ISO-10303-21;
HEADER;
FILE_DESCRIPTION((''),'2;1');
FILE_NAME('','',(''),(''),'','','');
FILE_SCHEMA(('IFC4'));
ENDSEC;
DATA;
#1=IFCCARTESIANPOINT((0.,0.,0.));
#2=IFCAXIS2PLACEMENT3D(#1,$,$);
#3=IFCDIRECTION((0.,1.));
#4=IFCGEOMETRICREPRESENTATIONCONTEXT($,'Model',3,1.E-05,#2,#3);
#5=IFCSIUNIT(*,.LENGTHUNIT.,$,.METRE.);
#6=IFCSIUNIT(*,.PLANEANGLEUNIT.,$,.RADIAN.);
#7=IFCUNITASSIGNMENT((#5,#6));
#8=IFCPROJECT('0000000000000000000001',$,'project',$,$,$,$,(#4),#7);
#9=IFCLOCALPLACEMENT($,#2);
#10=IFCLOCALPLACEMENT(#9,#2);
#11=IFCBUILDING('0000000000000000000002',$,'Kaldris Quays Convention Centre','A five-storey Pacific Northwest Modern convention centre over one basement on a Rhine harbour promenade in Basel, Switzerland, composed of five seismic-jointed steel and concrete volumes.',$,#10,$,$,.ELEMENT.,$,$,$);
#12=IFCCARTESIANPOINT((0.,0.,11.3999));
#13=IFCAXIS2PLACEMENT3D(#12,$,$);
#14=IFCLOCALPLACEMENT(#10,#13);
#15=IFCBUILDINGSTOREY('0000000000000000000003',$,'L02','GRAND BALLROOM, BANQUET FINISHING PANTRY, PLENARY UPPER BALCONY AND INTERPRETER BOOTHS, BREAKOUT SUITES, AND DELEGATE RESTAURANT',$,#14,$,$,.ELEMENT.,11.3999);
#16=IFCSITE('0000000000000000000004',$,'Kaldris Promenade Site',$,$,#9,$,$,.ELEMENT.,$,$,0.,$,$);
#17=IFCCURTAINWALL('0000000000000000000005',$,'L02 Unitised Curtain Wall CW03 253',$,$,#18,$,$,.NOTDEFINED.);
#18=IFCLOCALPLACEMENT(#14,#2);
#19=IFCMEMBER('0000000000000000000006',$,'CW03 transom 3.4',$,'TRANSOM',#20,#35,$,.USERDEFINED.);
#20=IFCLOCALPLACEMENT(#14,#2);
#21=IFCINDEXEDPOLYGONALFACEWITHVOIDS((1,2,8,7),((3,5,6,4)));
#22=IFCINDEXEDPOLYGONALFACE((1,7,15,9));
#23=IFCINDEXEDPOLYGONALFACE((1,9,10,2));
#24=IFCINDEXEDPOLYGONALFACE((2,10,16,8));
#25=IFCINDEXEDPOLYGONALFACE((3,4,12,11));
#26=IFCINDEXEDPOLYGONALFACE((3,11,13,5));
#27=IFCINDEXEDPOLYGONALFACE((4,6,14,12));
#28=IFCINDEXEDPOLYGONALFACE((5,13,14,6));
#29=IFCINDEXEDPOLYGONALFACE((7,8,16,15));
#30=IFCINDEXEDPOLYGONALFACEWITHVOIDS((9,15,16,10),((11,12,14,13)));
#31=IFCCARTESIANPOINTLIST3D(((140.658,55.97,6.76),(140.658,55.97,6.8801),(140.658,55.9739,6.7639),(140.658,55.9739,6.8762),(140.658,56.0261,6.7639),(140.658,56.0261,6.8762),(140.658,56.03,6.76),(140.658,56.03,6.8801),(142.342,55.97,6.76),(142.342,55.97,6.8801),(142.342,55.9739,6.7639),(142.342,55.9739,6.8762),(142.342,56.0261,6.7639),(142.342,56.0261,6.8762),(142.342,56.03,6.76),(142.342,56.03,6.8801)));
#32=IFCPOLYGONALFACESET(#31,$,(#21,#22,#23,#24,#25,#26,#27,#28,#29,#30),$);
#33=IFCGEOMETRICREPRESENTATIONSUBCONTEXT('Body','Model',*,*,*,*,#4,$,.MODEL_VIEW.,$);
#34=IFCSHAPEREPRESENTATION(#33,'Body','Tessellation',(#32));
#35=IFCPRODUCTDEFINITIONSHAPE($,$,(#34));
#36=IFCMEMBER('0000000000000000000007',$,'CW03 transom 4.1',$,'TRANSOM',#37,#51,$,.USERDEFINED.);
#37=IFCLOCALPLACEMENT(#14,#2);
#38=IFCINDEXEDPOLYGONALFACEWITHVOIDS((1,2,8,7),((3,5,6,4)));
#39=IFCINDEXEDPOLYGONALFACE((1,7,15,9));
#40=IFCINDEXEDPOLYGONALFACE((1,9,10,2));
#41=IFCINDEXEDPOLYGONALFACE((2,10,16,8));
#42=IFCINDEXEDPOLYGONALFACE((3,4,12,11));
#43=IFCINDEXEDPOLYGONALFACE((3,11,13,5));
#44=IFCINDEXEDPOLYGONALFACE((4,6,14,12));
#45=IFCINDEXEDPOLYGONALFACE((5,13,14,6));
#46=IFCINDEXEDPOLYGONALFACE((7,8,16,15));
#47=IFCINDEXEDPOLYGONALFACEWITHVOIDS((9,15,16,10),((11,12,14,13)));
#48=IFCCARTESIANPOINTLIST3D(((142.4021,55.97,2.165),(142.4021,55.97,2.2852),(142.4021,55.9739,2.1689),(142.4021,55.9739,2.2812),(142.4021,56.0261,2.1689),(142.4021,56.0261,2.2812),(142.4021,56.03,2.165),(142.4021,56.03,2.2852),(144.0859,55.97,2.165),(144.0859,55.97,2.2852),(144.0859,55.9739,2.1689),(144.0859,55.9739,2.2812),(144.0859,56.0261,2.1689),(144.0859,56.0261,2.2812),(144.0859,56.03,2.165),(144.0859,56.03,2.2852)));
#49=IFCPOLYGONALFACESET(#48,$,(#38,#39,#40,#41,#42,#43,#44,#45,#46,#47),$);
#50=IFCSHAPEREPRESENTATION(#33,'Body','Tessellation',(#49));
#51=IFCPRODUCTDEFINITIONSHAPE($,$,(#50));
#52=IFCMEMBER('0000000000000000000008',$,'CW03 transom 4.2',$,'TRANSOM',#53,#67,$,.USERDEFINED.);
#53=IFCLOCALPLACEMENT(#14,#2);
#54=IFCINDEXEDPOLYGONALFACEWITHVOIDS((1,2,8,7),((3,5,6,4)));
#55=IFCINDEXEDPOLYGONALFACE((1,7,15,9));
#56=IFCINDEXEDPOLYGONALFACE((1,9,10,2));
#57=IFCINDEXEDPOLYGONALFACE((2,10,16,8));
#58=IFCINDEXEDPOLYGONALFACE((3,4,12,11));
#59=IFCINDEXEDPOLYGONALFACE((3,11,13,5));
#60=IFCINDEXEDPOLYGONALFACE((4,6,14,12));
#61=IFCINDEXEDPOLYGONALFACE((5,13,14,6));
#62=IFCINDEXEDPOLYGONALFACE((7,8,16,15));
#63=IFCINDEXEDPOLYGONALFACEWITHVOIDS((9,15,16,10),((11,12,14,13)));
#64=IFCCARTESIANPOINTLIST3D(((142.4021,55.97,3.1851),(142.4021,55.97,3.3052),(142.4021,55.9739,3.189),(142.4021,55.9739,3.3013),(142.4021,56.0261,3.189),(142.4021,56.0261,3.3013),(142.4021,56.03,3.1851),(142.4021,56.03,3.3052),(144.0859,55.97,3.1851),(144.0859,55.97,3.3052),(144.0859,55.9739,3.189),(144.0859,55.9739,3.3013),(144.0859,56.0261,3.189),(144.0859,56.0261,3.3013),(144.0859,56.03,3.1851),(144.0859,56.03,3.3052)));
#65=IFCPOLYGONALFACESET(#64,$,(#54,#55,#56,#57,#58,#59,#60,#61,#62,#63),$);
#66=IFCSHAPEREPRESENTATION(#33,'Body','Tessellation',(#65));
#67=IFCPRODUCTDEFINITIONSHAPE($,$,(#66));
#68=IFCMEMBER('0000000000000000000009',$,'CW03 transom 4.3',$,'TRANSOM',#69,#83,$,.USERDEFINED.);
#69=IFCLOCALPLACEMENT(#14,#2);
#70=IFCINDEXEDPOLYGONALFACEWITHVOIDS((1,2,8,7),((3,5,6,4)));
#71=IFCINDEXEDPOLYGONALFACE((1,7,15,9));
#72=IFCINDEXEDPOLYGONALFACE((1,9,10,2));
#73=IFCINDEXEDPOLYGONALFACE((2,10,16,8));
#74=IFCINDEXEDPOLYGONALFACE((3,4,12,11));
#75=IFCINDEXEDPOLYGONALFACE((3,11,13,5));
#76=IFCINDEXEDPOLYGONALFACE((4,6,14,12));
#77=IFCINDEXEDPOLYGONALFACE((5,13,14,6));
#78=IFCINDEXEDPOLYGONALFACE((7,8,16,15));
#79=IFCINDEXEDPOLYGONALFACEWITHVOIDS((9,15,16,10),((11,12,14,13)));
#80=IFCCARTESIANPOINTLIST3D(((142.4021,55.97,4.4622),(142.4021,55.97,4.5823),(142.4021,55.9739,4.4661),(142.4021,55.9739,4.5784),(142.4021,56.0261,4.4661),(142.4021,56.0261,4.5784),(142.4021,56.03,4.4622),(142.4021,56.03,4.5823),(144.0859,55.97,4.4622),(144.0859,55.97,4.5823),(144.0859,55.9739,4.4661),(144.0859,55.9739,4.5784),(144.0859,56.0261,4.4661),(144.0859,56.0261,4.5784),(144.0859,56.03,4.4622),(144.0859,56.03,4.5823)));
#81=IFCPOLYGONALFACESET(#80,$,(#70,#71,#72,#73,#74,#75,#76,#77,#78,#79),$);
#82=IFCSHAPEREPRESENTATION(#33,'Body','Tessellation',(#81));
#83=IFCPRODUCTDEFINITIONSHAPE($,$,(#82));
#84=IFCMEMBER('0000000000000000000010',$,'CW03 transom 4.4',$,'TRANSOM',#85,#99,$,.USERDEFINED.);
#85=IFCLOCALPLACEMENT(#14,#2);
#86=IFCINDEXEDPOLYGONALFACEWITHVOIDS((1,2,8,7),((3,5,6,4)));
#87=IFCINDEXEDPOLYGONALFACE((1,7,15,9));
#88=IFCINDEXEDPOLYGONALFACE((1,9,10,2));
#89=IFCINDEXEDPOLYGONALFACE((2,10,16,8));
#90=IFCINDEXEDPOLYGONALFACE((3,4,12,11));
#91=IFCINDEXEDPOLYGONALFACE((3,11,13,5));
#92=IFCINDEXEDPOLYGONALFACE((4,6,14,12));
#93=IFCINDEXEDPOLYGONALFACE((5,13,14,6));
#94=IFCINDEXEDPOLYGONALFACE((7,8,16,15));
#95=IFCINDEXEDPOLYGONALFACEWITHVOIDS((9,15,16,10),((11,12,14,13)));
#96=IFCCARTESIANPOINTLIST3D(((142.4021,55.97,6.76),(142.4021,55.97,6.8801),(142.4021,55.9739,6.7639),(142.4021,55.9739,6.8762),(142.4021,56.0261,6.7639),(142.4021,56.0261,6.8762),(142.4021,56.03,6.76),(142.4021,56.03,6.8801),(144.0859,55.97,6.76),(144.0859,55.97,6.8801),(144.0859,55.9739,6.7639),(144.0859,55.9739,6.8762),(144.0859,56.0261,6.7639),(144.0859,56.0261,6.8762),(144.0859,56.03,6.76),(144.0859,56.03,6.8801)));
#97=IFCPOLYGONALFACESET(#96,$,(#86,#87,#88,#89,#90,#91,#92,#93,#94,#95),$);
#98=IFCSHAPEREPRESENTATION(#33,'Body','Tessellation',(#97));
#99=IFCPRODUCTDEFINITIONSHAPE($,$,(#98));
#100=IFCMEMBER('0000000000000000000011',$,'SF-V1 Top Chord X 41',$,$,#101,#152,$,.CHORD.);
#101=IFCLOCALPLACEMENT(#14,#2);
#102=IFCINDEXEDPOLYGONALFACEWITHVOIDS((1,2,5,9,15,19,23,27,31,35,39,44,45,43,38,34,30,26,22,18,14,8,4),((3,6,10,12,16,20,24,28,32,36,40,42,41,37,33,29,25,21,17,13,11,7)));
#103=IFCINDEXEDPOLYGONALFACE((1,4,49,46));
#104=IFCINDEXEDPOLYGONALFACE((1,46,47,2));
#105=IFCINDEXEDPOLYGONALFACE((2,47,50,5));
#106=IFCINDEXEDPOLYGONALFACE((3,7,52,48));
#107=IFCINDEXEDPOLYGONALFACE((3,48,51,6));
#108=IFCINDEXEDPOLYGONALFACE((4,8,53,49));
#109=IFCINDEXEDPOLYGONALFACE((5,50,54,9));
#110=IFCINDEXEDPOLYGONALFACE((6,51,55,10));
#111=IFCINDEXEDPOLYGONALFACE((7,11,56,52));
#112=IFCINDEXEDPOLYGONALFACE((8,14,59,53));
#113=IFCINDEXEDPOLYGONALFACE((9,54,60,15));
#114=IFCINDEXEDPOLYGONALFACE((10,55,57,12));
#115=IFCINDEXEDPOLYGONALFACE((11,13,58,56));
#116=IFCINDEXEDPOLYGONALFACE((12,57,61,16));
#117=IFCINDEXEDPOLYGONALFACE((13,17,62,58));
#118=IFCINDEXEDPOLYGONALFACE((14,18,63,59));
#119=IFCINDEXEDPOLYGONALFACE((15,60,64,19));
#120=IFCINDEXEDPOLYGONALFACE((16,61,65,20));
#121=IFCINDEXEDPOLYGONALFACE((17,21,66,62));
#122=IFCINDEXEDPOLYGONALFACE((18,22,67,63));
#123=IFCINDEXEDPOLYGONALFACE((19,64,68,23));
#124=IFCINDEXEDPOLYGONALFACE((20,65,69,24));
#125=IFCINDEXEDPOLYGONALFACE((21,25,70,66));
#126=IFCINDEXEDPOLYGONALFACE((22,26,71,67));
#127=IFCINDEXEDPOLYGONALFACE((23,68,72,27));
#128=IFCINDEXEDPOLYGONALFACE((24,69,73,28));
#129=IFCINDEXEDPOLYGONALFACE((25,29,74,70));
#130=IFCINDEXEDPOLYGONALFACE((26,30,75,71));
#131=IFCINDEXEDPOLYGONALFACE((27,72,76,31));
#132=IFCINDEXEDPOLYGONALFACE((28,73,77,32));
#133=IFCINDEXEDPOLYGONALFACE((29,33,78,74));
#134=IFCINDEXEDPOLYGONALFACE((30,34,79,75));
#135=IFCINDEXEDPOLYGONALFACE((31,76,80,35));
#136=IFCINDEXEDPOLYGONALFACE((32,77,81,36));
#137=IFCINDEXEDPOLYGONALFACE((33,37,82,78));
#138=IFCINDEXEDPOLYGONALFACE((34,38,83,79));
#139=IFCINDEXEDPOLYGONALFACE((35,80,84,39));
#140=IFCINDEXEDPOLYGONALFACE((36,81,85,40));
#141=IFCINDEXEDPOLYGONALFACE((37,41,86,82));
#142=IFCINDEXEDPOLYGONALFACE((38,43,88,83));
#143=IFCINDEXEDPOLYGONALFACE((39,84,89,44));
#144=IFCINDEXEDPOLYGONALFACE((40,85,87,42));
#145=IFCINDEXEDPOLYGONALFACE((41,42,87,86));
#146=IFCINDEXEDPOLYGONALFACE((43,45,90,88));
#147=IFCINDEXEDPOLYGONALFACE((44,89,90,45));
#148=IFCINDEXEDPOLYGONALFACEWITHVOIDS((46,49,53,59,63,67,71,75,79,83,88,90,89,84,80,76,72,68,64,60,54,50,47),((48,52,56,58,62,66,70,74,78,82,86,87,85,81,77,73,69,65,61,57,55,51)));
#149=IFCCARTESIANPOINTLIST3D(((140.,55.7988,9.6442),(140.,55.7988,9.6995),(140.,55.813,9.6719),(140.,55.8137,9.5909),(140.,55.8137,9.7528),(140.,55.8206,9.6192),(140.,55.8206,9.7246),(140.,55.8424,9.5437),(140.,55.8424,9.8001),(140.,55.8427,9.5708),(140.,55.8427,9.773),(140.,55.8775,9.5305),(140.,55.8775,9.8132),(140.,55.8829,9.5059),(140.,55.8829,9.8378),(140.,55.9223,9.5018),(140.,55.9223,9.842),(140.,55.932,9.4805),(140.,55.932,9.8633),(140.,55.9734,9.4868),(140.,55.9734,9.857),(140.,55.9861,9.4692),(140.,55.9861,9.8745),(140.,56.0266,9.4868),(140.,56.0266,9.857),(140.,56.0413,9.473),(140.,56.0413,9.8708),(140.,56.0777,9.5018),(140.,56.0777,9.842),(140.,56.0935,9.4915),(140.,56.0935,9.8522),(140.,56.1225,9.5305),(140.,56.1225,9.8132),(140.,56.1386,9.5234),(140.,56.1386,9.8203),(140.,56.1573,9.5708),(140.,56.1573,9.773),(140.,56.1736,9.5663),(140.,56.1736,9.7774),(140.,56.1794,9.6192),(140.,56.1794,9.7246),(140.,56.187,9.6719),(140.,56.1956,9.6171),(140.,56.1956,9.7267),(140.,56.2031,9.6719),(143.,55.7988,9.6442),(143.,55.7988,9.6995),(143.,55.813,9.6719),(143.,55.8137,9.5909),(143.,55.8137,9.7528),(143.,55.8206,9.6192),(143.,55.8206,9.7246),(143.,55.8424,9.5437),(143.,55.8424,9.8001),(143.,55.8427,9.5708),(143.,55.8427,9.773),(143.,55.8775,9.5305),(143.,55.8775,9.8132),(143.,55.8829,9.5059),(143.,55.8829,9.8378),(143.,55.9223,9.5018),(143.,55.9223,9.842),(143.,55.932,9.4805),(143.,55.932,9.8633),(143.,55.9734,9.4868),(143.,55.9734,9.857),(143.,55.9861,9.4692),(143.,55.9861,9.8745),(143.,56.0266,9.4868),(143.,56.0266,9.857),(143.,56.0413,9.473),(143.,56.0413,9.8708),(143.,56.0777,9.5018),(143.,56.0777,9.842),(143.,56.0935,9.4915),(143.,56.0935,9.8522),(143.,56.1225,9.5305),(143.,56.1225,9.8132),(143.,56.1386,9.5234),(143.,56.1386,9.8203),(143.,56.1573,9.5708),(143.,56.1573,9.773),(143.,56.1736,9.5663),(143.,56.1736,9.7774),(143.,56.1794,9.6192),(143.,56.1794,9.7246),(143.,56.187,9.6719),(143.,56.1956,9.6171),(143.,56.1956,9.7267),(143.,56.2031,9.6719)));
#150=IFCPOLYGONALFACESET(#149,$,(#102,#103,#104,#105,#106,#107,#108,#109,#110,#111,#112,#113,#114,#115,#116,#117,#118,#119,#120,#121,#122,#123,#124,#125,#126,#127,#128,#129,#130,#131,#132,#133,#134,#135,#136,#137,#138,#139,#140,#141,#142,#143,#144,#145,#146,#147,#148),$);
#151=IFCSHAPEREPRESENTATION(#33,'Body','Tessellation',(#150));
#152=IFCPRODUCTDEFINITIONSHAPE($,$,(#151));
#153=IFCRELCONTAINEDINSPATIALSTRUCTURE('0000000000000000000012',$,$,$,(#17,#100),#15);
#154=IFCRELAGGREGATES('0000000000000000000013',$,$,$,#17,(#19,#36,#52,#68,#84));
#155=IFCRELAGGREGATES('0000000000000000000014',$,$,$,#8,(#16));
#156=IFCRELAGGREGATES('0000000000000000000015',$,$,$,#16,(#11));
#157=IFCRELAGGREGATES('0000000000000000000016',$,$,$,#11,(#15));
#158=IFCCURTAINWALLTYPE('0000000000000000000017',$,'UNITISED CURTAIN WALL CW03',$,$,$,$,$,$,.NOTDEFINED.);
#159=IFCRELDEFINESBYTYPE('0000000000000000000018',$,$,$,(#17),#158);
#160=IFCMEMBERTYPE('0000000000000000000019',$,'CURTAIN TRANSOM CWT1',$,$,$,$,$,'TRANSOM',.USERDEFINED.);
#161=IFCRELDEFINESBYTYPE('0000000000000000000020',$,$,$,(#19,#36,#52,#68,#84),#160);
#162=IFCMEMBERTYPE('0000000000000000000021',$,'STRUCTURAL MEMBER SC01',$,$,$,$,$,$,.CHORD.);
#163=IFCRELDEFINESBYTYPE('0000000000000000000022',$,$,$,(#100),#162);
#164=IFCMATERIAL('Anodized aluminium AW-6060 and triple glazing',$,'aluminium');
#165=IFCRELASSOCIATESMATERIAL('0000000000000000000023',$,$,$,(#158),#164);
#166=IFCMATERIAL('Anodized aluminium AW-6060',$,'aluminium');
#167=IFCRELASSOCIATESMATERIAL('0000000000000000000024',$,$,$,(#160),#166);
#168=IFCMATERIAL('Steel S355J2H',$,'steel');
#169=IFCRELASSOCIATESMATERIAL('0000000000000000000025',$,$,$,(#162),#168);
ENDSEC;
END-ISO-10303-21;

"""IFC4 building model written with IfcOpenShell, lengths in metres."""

from ifc_helpers import new_model, si_unit, direction, frame, origin, origin_2d, place, context, subcontext, project, spatial, hollow_rectangle, hollow_circle, extrude, material, material_profile, profile_set, type_object, element, aggregate, save


model = new_model("IFC4")

# Units and contexts
model_context = context("Model", 3, precision=1e-05, world=origin(), true_north=direction((0.0, 1.0)))
body_context = subcontext(model_context, "Body", "Model", "MODEL_VIEW")
ifc_project = project(units=[si_unit("LENGTHUNIT", "METRE"), si_unit("PLANEANGLEUNIT", "RADIAN")], contexts=[model_context])

# Site, building, storey
site_placement = place(None, origin())
site = spatial("IfcSite", under=ifc_project, at=site_placement, Name="Kaldris Promenade Site", CompositionType="ELEMENT", RefElevation=0.0)
building_placement = place(site_placement, origin())
building = spatial("IfcBuilding", under=site, at=building_placement, Name="Kaldris Quays Convention Centre", Description="A five-storey Pacific Northwest Modern convention centre over one basement on a Rhine harbour promenade in Basel, Switzerland, composed of five seismic-jointed steel and concrete volumes.", CompositionType="ELEMENT")
storey_placement = place(building_placement, frame((0.0, 0.0, 11.3999)))
storey = spatial("IfcBuildingStorey", under=building, at=storey_placement, Name="L02", Description="GRAND BALLROOM, BANQUET FINISHING PANTRY, PLENARY UPPER BALCONY AND INTERPRETER BOOTHS, BREAKOUT SUITES, AND DELEGATE RESTAURANT", CompositionType="ELEMENT", Elevation=11.3999)

# Curtain wall, members
ifc_material_1 = material(Name="Anodized aluminium AW-6060 and triple glazing", Category="aluminium")
curtain_wall_type = type_object("IfcCurtainWallType", Name="UNITISED CURTAIN WALL CW03", PredefinedType="NOTDEFINED", material=ifc_material_1)
curtain_wall_placement = place(storey_placement, origin())
curtain_wall = element("IfcCurtainWall", 1, at=curtain_wall_placement, inside=storey, type_object=curtain_wall_type, Name="L02 Unitised Curtain Wall CW03 253", PredefinedType="NOTDEFINED")
ifc_material_2 = material(Name="Anodized aluminium AW-6060", Category="aluminium")
ifc_material_profile_1 = material_profile(ifc_material_2, hollow_rectangle(XDim=0.0601, YDim=0.1201, WallThickness=0.0039, at=origin_2d()), Name="RHS 120x60x4")
ifc_profile_set_1 = profile_set([ifc_material_profile_1], Name="Anodized aluminium AW-6060")
member_type_1 = type_object("IfcMemberType", Name="CURTAIN TRANSOM CWT1", ElementType="TRANSOM", PredefinedType="USERDEFINED", material=ifc_profile_set_1)
member_1_placement = place(storey_placement, frame((140.658, 56.0, 6.8201), z_axis=(1.0, 0.0, 0.0), x_axis=(0.0, 1.0, 0.0)))
member_1 = element("IfcMember", 2, at=member_1_placement, type_object=member_type_1, Name="CW03 transom 3.4", ObjectType="TRANSOM", PredefinedType="USERDEFINED", context=body_context, shape_type="SweptSolid", body=[
    extrude(hollow_rectangle(XDim=0.0601, YDim=0.1201, WallThickness=0.0039, at=origin_2d()), origin(), (0.0, 0.0, 1.0), 1.6841),
])
member_2_placement = place(storey_placement, frame((142.4021, 56.0, 2.2251), z_axis=(1.0, 0.0, 0.0), x_axis=(0.0, 1.0, 0.0)))
member_2 = element("IfcMember", 3, at=member_2_placement, type_object=member_type_1, Name="CW03 transom 4.1", ObjectType="TRANSOM", PredefinedType="USERDEFINED", context=body_context, shape_type="SweptSolid", body=[
    extrude(hollow_rectangle(XDim=0.0601, YDim=0.1201, WallThickness=0.0039, at=origin_2d()), origin(), (0.0, 0.0, 1.0), 1.6838),
])
member_3_placement = place(storey_placement, frame((142.4021, 56.0, 3.2451), z_axis=(1.0, 0.0, 0.0), x_axis=(0.0, 1.0, 0.0)))
member_3 = element("IfcMember", 4, at=member_3_placement, type_object=member_type_1, Name="CW03 transom 4.2", ObjectType="TRANSOM", PredefinedType="USERDEFINED", context=body_context, shape_type="SweptSolid", body=[
    extrude(hollow_rectangle(XDim=0.0601, YDim=0.1201, WallThickness=0.0039, at=origin_2d()), origin(), (0.0, 0.0, 1.0), 1.6838),
])
member_4_placement = place(storey_placement, frame((142.4021, 56.0, 4.5222), z_axis=(1.0, 0.0, 0.0), x_axis=(0.0, 1.0, 0.0)))
member_4 = element("IfcMember", 5, at=member_4_placement, type_object=member_type_1, Name="CW03 transom 4.3", ObjectType="TRANSOM", PredefinedType="USERDEFINED", context=body_context, shape_type="SweptSolid", body=[
    extrude(hollow_rectangle(XDim=0.0601, YDim=0.1201, WallThickness=0.0039, at=origin_2d()), origin(), (0.0, 0.0, 1.0), 1.6838),
])
member_5_placement = place(storey_placement, frame((142.4021, 56.0, 6.8201), z_axis=(1.0, 0.0, 0.0), x_axis=(0.0, 1.0, 0.0)))
member_5 = element("IfcMember", 6, at=member_5_placement, type_object=member_type_1, Name="CW03 transom 4.4", ObjectType="TRANSOM", PredefinedType="USERDEFINED", context=body_context, shape_type="SweptSolid", body=[
    extrude(hollow_rectangle(XDim=0.0601, YDim=0.1201, WallThickness=0.0039, at=origin_2d()), origin(), (0.0, 0.0, 1.0), 1.6838),
])

# Member
ifc_material_3 = material(Name="Steel S355J2H", Category="steel")
ifc_material_profile_2 = material_profile(ifc_material_3, hollow_circle(Radius=0.2031, WallThickness=0.0161, at=origin_2d()), Name="CHS 406.4x16")
ifc_profile_set_2 = profile_set([ifc_material_profile_2], Name="Steel S355J2H")
member_type_2 = type_object("IfcMemberType", Name="STRUCTURAL MEMBER SC01", PredefinedType="CHORD", material=ifc_profile_set_2)
for number, where, z_axis, x_axis, name in (
    (7, (140.0, 56.0, 9.6719), (1.0, 0.0, 0.0), (0.0, 1.0, 0.0), "SF-V1 Top Chord X 41"),
):
    element("IfcMember", number, at=place(storey_placement, frame(where, z_axis=z_axis, x_axis=x_axis)), inside=storey, type_object=member_type_2, Name=name, PredefinedType="CHORD", context=body_context, shape_type="SweptSolid", body=[
        extrude(hollow_circle(Radius=0.2031, WallThickness=0.0161, at=origin_2d()), origin(), (0.0, 0.0, 1.0), 3.0),
    ])

aggregate(curtain_wall, [member_1, member_2, member_3, member_4, member_5])

save(model, "model.ifc")
